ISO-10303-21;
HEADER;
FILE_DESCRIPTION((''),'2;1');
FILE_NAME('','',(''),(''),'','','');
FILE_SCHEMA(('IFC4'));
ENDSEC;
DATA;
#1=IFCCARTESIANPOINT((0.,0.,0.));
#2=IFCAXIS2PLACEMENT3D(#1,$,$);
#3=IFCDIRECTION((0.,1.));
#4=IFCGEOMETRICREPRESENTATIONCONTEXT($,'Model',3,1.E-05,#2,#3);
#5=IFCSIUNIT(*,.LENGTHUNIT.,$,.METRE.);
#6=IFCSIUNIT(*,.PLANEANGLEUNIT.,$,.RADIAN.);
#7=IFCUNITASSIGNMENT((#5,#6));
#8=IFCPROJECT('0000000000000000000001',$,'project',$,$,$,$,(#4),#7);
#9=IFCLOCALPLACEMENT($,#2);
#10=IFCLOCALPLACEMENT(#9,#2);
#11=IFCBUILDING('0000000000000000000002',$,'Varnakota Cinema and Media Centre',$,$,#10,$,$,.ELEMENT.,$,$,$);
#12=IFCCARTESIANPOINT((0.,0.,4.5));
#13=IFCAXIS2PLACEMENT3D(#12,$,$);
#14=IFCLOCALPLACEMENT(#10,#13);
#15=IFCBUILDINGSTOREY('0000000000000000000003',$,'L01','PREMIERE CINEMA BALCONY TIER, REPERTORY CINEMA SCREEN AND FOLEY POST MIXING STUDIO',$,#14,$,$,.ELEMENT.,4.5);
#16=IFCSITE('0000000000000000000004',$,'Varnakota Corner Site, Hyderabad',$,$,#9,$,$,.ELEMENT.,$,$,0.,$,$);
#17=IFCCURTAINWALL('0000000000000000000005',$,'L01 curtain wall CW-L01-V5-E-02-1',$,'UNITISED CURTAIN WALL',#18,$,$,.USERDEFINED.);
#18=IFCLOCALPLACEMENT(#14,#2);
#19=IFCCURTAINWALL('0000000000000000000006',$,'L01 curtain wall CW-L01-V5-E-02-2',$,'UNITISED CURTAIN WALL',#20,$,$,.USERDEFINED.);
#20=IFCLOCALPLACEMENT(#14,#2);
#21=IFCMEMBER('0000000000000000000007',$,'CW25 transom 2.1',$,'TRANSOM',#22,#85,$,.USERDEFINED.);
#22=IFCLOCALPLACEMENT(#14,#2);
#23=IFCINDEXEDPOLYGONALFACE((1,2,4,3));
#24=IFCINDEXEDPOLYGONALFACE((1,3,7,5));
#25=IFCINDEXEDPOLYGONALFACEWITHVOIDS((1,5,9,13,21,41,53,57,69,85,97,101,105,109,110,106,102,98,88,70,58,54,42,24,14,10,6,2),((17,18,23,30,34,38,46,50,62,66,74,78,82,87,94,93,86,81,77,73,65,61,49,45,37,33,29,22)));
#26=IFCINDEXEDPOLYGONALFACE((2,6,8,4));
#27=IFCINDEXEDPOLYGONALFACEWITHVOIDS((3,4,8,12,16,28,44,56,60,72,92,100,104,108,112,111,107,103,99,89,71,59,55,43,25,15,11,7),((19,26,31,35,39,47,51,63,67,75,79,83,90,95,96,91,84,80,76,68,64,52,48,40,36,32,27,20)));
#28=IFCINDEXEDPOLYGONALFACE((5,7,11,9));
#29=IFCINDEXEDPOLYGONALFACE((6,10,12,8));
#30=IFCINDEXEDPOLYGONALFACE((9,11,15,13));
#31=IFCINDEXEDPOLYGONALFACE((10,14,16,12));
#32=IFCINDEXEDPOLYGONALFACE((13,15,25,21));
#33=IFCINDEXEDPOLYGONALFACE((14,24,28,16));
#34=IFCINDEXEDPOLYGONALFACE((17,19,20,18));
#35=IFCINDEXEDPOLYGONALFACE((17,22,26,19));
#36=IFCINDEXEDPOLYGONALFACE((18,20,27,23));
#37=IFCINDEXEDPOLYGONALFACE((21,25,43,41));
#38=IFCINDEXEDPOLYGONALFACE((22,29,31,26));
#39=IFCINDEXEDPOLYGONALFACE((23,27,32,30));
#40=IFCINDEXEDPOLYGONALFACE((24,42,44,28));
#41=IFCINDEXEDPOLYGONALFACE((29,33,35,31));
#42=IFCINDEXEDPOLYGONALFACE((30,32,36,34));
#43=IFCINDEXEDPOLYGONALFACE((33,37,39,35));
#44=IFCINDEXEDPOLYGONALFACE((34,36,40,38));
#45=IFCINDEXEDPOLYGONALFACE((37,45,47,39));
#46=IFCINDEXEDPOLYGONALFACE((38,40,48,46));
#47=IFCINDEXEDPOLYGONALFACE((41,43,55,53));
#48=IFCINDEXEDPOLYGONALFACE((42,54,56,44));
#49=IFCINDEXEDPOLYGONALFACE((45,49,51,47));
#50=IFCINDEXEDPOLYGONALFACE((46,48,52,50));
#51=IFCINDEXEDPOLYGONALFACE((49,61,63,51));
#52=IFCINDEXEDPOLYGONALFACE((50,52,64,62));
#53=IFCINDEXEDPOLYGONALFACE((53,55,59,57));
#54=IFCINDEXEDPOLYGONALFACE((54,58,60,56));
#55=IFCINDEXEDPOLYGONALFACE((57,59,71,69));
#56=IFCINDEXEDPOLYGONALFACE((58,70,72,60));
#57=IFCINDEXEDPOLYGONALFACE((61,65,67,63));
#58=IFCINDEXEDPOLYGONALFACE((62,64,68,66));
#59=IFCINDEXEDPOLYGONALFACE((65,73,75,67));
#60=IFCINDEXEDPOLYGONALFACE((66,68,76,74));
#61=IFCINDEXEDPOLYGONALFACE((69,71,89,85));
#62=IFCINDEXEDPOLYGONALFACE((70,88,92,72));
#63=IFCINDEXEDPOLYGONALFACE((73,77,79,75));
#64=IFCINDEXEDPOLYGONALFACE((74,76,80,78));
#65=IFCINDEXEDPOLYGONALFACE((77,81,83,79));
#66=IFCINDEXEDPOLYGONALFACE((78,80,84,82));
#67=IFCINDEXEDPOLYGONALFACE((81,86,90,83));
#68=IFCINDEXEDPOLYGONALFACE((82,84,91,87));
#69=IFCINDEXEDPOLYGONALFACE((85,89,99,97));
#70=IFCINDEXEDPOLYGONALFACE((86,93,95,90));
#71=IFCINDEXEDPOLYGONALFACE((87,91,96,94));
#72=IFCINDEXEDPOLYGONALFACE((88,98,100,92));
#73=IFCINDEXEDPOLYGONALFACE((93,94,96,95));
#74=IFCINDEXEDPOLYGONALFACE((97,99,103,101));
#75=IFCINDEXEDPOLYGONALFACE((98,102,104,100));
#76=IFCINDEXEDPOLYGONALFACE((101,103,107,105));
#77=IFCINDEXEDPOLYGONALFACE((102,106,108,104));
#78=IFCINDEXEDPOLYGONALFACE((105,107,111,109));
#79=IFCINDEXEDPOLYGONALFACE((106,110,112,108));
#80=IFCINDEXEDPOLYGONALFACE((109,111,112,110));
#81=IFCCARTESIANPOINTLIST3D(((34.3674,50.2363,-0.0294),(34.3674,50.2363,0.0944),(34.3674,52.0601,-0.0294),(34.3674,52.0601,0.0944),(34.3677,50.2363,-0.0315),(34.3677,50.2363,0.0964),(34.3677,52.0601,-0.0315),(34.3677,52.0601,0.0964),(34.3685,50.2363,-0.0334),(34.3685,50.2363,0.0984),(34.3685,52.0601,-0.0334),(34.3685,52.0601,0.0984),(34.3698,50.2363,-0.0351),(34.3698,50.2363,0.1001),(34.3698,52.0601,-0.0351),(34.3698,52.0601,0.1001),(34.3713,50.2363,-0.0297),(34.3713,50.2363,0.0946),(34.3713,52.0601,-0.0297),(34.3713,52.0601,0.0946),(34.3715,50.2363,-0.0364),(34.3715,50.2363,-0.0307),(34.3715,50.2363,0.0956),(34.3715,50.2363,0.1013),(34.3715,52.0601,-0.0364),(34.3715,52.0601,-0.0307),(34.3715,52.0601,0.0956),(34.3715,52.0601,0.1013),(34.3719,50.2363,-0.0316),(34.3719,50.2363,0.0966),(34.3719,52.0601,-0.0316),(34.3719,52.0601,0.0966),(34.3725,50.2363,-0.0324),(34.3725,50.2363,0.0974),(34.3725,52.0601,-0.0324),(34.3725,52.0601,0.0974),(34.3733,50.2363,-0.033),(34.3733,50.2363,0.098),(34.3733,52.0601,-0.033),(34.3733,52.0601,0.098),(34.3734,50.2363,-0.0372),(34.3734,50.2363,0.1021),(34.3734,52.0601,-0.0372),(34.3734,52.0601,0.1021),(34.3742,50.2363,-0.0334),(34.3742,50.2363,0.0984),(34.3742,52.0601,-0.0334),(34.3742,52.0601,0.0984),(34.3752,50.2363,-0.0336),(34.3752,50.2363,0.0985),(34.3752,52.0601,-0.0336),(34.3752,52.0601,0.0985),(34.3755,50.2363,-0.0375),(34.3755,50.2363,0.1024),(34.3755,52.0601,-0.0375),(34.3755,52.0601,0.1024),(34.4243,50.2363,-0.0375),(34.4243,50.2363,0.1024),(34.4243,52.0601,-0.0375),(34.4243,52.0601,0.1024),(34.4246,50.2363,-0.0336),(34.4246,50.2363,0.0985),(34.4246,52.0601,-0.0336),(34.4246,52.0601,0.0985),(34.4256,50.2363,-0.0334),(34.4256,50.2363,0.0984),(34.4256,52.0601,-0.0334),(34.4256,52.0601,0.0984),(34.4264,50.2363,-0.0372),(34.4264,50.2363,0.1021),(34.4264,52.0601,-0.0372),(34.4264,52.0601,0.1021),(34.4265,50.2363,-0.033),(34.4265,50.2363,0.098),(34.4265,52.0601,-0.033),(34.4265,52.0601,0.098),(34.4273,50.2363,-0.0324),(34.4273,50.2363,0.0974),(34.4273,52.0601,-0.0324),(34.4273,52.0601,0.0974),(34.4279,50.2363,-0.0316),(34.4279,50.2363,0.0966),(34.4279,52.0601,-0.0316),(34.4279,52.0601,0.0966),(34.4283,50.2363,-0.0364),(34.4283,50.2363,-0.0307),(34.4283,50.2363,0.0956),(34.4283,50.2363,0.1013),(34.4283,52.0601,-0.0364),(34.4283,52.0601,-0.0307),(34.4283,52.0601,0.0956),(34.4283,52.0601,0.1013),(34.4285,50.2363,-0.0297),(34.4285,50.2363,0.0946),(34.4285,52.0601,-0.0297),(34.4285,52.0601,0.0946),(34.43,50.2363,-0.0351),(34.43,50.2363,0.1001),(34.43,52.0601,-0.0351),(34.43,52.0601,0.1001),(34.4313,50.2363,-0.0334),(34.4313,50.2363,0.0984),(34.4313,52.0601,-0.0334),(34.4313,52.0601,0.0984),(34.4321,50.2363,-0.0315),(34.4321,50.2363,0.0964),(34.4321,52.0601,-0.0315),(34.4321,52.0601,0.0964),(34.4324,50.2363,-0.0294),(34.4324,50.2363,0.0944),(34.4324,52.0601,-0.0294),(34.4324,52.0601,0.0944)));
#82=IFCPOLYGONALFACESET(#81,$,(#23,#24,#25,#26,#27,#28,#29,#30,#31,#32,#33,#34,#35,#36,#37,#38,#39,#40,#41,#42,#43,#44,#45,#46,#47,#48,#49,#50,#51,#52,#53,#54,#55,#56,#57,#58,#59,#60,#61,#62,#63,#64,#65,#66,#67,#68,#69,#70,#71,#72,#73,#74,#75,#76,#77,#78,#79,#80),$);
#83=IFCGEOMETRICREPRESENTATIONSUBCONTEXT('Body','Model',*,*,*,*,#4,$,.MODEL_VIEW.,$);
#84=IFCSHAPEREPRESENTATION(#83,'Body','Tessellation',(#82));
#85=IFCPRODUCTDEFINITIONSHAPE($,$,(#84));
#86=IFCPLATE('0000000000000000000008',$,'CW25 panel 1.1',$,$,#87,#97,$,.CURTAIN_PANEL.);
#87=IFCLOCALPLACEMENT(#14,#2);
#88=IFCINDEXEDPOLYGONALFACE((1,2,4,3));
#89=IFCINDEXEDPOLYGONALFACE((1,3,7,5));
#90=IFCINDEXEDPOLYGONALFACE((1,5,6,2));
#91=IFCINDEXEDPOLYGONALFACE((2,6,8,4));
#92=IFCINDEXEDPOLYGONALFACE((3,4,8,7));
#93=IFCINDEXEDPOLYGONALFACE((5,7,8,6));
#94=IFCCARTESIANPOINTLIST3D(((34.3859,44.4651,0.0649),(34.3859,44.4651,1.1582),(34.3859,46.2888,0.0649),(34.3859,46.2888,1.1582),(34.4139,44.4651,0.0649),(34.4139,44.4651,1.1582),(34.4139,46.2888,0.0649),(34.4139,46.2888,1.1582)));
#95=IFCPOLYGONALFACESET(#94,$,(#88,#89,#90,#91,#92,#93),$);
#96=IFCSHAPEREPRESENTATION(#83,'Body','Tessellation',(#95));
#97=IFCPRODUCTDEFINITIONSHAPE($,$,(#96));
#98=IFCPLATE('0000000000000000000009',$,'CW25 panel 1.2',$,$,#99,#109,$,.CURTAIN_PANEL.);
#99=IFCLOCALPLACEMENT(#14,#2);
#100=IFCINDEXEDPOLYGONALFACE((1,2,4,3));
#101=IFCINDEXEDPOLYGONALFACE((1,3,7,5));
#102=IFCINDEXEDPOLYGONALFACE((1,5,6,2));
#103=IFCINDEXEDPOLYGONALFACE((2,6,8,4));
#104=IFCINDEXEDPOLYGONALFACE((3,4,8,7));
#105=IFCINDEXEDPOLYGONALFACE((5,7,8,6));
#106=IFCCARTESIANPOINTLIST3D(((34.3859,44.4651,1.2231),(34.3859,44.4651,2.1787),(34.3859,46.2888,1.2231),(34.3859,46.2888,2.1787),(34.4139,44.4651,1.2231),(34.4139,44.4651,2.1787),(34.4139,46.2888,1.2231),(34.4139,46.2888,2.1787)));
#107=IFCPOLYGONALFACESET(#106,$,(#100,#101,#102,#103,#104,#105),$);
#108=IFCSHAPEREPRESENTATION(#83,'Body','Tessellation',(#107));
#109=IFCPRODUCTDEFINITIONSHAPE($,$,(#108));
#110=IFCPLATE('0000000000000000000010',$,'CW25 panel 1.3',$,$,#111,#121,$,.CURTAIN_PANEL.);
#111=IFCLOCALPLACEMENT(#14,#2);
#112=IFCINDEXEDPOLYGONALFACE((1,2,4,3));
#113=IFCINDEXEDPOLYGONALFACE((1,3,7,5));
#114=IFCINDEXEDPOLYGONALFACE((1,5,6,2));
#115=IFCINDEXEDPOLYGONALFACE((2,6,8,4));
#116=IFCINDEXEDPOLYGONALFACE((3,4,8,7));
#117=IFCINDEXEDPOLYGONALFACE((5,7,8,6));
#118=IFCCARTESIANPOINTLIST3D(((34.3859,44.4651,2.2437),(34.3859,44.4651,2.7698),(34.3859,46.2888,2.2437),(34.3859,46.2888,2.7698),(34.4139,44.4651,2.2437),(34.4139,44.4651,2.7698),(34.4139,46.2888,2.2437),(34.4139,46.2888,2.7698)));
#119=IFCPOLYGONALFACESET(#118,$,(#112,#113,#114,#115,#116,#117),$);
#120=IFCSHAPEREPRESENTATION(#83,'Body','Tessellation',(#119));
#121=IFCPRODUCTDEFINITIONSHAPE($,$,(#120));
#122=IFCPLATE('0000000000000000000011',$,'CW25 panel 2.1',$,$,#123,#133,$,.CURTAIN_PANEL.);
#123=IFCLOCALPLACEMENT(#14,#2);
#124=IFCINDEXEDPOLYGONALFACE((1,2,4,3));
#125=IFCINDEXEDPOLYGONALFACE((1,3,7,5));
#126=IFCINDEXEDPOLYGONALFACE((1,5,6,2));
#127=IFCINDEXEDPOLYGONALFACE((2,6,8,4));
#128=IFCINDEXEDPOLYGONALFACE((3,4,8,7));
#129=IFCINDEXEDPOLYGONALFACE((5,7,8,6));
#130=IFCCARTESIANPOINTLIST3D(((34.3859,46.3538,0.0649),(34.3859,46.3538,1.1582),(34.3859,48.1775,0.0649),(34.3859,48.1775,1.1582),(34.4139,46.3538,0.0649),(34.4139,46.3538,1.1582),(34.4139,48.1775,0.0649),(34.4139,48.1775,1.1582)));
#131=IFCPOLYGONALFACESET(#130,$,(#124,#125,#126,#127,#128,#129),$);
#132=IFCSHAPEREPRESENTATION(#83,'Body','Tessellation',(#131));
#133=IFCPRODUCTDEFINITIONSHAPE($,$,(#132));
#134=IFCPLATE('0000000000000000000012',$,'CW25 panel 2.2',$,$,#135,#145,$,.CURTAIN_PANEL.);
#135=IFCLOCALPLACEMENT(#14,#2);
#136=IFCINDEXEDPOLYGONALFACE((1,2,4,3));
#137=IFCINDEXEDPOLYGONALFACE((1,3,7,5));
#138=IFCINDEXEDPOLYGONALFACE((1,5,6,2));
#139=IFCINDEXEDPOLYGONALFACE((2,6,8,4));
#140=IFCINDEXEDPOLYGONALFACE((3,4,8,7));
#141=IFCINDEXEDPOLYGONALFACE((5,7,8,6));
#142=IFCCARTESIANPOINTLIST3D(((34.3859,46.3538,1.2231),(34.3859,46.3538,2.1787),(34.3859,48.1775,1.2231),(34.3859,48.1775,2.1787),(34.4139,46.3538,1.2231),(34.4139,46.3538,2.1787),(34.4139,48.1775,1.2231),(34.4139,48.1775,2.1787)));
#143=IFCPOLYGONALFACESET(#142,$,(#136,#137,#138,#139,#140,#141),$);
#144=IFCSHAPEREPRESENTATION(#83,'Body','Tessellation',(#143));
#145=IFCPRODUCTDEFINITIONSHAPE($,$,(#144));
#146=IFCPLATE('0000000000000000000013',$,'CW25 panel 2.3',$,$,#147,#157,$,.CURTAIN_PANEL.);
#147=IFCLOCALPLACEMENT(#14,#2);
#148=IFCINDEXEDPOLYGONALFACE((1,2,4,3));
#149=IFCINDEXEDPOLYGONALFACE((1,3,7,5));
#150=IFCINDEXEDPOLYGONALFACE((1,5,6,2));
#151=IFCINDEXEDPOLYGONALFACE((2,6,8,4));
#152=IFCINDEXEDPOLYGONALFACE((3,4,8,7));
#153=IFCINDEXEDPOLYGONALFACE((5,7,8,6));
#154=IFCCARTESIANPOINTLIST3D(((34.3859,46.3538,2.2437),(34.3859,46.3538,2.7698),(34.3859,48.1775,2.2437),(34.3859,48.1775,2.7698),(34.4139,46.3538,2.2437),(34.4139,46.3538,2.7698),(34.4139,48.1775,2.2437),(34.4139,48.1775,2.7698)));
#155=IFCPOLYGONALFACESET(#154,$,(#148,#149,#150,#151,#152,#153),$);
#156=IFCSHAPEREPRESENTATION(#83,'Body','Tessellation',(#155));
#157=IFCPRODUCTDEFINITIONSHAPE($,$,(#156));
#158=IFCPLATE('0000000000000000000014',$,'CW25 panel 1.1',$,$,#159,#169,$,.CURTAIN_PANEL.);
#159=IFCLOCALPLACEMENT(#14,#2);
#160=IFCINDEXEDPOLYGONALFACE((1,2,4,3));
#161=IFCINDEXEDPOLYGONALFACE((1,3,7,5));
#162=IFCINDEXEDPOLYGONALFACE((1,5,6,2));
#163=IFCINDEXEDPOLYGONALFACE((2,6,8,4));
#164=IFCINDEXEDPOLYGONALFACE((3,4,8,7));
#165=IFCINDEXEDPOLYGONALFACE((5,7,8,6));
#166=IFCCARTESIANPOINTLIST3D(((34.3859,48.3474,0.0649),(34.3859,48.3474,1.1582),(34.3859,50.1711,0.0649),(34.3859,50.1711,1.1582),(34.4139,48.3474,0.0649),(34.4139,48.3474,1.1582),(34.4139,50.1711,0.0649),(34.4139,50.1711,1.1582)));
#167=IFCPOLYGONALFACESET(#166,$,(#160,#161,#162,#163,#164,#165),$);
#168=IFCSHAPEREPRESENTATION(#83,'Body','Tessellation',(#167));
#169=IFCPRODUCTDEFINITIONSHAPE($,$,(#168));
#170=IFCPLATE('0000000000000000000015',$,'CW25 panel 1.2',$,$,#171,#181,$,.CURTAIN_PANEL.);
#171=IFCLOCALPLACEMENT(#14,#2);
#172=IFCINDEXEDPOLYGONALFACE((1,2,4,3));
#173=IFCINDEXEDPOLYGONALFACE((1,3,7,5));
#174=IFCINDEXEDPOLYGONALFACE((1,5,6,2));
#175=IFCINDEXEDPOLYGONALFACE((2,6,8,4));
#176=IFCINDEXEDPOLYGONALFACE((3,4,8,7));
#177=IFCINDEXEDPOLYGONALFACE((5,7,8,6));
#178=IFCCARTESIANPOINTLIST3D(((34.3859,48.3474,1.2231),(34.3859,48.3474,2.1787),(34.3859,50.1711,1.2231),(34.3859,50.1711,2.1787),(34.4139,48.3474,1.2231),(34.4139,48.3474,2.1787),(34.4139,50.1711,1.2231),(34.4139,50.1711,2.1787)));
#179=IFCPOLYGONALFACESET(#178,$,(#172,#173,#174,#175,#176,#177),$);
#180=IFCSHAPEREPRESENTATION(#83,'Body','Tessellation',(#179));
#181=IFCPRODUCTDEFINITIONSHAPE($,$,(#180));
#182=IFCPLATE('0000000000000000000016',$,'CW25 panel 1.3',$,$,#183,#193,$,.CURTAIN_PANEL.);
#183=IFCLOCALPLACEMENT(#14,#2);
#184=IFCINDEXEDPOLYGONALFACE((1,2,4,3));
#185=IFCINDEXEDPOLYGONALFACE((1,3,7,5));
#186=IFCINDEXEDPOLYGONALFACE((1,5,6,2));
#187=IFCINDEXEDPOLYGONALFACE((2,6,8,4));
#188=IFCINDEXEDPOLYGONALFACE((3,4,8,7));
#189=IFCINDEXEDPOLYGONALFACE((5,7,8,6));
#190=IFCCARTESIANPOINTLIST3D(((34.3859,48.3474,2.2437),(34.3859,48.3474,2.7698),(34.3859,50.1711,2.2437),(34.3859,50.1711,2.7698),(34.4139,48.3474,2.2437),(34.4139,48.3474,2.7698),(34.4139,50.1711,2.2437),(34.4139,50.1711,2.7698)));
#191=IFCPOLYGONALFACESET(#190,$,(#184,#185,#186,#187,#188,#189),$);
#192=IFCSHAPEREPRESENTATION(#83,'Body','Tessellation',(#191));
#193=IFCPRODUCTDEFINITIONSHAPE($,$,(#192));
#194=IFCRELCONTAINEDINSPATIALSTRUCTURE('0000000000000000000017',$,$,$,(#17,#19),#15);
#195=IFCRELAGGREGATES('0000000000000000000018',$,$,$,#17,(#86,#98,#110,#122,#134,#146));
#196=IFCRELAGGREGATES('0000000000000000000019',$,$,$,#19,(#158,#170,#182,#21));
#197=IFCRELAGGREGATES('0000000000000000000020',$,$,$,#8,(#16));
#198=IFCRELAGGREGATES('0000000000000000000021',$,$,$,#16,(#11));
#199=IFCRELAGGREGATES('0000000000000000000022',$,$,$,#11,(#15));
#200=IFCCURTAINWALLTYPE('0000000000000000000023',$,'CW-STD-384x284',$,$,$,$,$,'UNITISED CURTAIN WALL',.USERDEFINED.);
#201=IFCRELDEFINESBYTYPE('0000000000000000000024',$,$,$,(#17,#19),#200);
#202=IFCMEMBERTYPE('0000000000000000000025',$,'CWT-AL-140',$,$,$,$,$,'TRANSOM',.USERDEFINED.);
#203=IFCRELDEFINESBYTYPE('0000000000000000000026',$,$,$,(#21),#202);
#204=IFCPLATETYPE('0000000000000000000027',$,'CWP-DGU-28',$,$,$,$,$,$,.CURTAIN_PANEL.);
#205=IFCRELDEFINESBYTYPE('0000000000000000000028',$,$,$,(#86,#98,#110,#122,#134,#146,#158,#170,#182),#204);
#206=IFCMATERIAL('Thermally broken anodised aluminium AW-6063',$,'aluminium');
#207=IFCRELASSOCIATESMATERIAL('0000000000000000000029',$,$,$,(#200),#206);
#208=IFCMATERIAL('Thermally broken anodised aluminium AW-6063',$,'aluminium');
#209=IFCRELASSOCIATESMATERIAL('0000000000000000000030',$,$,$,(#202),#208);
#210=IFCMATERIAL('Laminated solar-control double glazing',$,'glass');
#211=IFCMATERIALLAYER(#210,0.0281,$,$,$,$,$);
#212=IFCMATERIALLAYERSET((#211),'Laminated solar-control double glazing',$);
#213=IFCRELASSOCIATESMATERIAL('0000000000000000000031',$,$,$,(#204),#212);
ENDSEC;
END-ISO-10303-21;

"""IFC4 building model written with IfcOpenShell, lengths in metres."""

from ifc_helpers import new_model, si_unit, direction, frame, origin, origin_2d, place, context, subcontext, project, spatial, rectangle, hollow_rectangle, extrude, material, layer, layer_set, material_profile, profile_set, type_object, element, aggregate, save


model = new_model("IFC4")

# Units and contexts
model_context = context("Model", 3, precision=1e-05, world=origin(), true_north=direction((0.0, 1.0)))
body_context = subcontext(model_context, "Body", "Model", "MODEL_VIEW")
ifc_project = project(units=[si_unit("LENGTHUNIT", "METRE"), si_unit("PLANEANGLEUNIT", "RADIAN")], contexts=[model_context])

# Site, building, storey
site_placement = place(None, origin())
site = spatial("IfcSite", under=ifc_project, at=site_placement, Name="Varnakota Corner Site, Hyderabad", CompositionType="ELEMENT", RefElevation=0.0)
building_placement = place(site_placement, origin())
building = spatial("IfcBuilding", under=site, at=building_placement, Name="Varnakota Cinema and Media Centre", CompositionType="ELEMENT")
storey_placement = place(building_placement, frame((0.0, 0.0, 4.5)))
storey = spatial("IfcBuildingStorey", under=building, at=storey_placement, Name="L01", Description="PREMIERE CINEMA BALCONY TIER, REPERTORY CINEMA SCREEN AND FOLEY POST MIXING STUDIO", CompositionType="ELEMENT", Elevation=4.5)

# Curtain walls
ifc_material_1 = material(Name="Thermally broken anodised aluminium AW-6063", Category="aluminium")
curtain_wall_type = type_object("IfcCurtainWallType", Name="CW-STD-384x284", ElementType="UNITISED CURTAIN WALL", PredefinedType="USERDEFINED", material=ifc_material_1)
curtain_wall_1_placement = place(storey_placement, origin())
curtain_wall_1 = element("IfcCurtainWall", 1, at=curtain_wall_1_placement, inside=storey, type_object=curtain_wall_type, Name="L01 curtain wall CW-L01-V5-E-02-1", ObjectType="UNITISED CURTAIN WALL", PredefinedType="USERDEFINED")
curtain_wall_2_placement = place(storey_placement, origin())
curtain_wall_2 = element("IfcCurtainWall", 2, at=curtain_wall_2_placement, inside=storey, type_object=curtain_wall_type, Name="L01 curtain wall CW-L01-V5-E-02-2", ObjectType="UNITISED CURTAIN WALL", PredefinedType="USERDEFINED")

# Member
ifc_material_2 = material(Name="Thermally broken anodised aluminium AW-6063", Category="aluminium")
ifc_material_profile_1 = material_profile(ifc_material_2, hollow_rectangle(XDim=0.0649, YDim=0.1399, WallThickness=0.0039, InnerFilletRadius=0.0039, OuterFilletRadius=0.0081, at=origin_2d()), Name="AL-TRANSOM 140x65x4")
ifc_profile_set_1 = profile_set([ifc_material_profile_1], Name="Thermally broken anodised aluminium AW-6063")
member_type_1 = type_object("IfcMemberType", Name="CWT-AL-140", ElementType="TRANSOM", PredefinedType="USERDEFINED", material=ifc_profile_set_1)
member_1_placement = place(storey_placement, frame((34.3999, 50.2363, 0.0325), z_axis=(0.0, 1.0, 0.0), x_axis=(-1.0, 0.0, 0.0)))
member_1 = element("IfcMember", 3, at=member_1_placement, type_object=member_type_1, Name="CW25 transom 2.1", ObjectType="TRANSOM", PredefinedType="USERDEFINED", context=body_context, shape_type="SweptSolid", body=[
    extrude(hollow_rectangle(XDim=0.0649, YDim=0.1399, WallThickness=0.0039, InnerFilletRadius=0.0039, OuterFilletRadius=0.0081, at=origin_2d()), origin(), (0.0, 0.0, 1.0), 1.8237),
])

# Plates
ifc_material_3 = material(Name="Laminated solar-control double glazing", Category="glass")
ifc_layer = layer(ifc_material_3, 0.0281)
ifc_layer_set = layer_set([ifc_layer], Name="Laminated solar-control double glazing")
plate_type = type_object("IfcPlateType", Name="CWP-DGU-28", PredefinedType="CURTAIN_PANEL", material=ifc_layer_set)
plate_1_placement = place(storey_placement, frame((34.3999, 45.377, 0.0649), z_axis=(0.0, 0.0, 1.0), x_axis=(0.0, 1.0, 0.0)))
plate_1 = element("IfcPlate", 4, at=plate_1_placement, type_object=plate_type, Name="CW25 panel 1.1", PredefinedType="CURTAIN_PANEL", context=body_context, shape_type="SweptSolid", body=[
    extrude(rectangle(XDim=1.8237, YDim=0.0281, at=origin_2d()), origin(), (0.0, 0.0, 1.0), 1.0933),
])
plate_2_placement = place(storey_placement, frame((34.3999, 45.377, 1.2231), z_axis=(0.0, 0.0, 1.0), x_axis=(0.0, 1.0, 0.0)))
plate_2 = element("IfcPlate", 5, at=plate_2_placement, type_object=plate_type, Name="CW25 panel 1.2", PredefinedType="CURTAIN_PANEL", context=body_context, shape_type="SweptSolid", body=[
    extrude(rectangle(XDim=1.8237, YDim=0.0281, at=origin_2d()), origin(), (0.0, 0.0, 1.0), 0.9556),
])
plate_3_placement = place(storey_placement, frame((34.3999, 45.377, 2.2437), z_axis=(0.0, 0.0, 1.0), x_axis=(0.0, 1.0, 0.0)))
plate_3 = element("IfcPlate", 6, at=plate_3_placement, type_object=plate_type, Name="CW25 panel 1.3", PredefinedType="CURTAIN_PANEL", context=body_context, shape_type="SweptSolid", body=[
    extrude(rectangle(XDim=1.8237, YDim=0.0281, at=origin_2d()), origin(), (0.0, 0.0, 1.0), 0.5261),
])
plate_4_placement = place(storey_placement, frame((34.3999, 47.2656, 0.0649), z_axis=(0.0, 0.0, 1.0), x_axis=(0.0, 1.0, 0.0)))
plate_4 = element("IfcPlate", 7, at=plate_4_placement, type_object=plate_type, Name="CW25 panel 2.1", PredefinedType="CURTAIN_PANEL", context=body_context, shape_type="SweptSolid", body=[
    extrude(rectangle(XDim=1.8237, YDim=0.0281, at=origin_2d()), origin(), (0.0, 0.0, 1.0), 1.0933),
])
plate_5_placement = place(storey_placement, frame((34.3999, 47.2656, 1.2231), z_axis=(0.0, 0.0, 1.0), x_axis=(0.0, 1.0, 0.0)))
plate_5 = element("IfcPlate", 8, at=plate_5_placement, type_object=plate_type, Name="CW25 panel 2.2", PredefinedType="CURTAIN_PANEL", context=body_context, shape_type="SweptSolid", body=[
    extrude(rectangle(XDim=1.8237, YDim=0.0281, at=origin_2d()), origin(), (0.0, 0.0, 1.0), 0.9556),
])
plate_6_placement = place(storey_placement, frame((34.3999, 47.2656, 2.2437), z_axis=(0.0, 0.0, 1.0), x_axis=(0.0, 1.0, 0.0)))
plate_6 = element("IfcPlate", 9, at=plate_6_placement, type_object=plate_type, Name="CW25 panel 2.3", PredefinedType="CURTAIN_PANEL", context=body_context, shape_type="SweptSolid", body=[
    extrude(rectangle(XDim=1.8237, YDim=0.0281, at=origin_2d()), origin(), (0.0, 0.0, 1.0), 0.5261),
])
aggregate(curtain_wall_1, [plate_1, plate_2, plate_3, plate_4, plate_5, plate_6])
plate_7_placement = place(storey_placement, frame((34.3999, 49.2593, 0.0649), z_axis=(0.0, 0.0, 1.0), x_axis=(0.0, 1.0, 0.0)))
plate_7 = element("IfcPlate", 10, at=plate_7_placement, type_object=plate_type, Name="CW25 panel 1.1", PredefinedType="CURTAIN_PANEL", context=body_context, shape_type="SweptSolid", body=[
    extrude(rectangle(XDim=1.8237, YDim=0.0281, at=origin_2d()), origin(), (0.0, 0.0, 1.0), 1.0933),
])
plate_8_placement = place(storey_placement, frame((34.3999, 49.2593, 1.2231), z_axis=(0.0, 0.0, 1.0), x_axis=(0.0, 1.0, 0.0)))
plate_8 = element("IfcPlate", 11, at=plate_8_placement, type_object=plate_type, Name="CW25 panel 1.2", PredefinedType="CURTAIN_PANEL", context=body_context, shape_type="SweptSolid", body=[
    extrude(rectangle(XDim=1.8237, YDim=0.0281, at=origin_2d()), origin(), (0.0, 0.0, 1.0), 0.9556),
])
plate_9_placement = place(storey_placement, frame((34.3999, 49.2593, 2.2437), z_axis=(0.0, 0.0, 1.0), x_axis=(0.0, 1.0, 0.0)))
plate_9 = element("IfcPlate", 12, at=plate_9_placement, type_object=plate_type, Name="CW25 panel 1.3", PredefinedType="CURTAIN_PANEL", context=body_context, shape_type="SweptSolid", body=[
    extrude(rectangle(XDim=1.8237, YDim=0.0281, at=origin_2d()), origin(), (0.0, 0.0, 1.0), 0.5261),
])
aggregate(curtain_wall_2, [plate_7, plate_8, plate_9, member_1])

save(model, "model.ifc")
